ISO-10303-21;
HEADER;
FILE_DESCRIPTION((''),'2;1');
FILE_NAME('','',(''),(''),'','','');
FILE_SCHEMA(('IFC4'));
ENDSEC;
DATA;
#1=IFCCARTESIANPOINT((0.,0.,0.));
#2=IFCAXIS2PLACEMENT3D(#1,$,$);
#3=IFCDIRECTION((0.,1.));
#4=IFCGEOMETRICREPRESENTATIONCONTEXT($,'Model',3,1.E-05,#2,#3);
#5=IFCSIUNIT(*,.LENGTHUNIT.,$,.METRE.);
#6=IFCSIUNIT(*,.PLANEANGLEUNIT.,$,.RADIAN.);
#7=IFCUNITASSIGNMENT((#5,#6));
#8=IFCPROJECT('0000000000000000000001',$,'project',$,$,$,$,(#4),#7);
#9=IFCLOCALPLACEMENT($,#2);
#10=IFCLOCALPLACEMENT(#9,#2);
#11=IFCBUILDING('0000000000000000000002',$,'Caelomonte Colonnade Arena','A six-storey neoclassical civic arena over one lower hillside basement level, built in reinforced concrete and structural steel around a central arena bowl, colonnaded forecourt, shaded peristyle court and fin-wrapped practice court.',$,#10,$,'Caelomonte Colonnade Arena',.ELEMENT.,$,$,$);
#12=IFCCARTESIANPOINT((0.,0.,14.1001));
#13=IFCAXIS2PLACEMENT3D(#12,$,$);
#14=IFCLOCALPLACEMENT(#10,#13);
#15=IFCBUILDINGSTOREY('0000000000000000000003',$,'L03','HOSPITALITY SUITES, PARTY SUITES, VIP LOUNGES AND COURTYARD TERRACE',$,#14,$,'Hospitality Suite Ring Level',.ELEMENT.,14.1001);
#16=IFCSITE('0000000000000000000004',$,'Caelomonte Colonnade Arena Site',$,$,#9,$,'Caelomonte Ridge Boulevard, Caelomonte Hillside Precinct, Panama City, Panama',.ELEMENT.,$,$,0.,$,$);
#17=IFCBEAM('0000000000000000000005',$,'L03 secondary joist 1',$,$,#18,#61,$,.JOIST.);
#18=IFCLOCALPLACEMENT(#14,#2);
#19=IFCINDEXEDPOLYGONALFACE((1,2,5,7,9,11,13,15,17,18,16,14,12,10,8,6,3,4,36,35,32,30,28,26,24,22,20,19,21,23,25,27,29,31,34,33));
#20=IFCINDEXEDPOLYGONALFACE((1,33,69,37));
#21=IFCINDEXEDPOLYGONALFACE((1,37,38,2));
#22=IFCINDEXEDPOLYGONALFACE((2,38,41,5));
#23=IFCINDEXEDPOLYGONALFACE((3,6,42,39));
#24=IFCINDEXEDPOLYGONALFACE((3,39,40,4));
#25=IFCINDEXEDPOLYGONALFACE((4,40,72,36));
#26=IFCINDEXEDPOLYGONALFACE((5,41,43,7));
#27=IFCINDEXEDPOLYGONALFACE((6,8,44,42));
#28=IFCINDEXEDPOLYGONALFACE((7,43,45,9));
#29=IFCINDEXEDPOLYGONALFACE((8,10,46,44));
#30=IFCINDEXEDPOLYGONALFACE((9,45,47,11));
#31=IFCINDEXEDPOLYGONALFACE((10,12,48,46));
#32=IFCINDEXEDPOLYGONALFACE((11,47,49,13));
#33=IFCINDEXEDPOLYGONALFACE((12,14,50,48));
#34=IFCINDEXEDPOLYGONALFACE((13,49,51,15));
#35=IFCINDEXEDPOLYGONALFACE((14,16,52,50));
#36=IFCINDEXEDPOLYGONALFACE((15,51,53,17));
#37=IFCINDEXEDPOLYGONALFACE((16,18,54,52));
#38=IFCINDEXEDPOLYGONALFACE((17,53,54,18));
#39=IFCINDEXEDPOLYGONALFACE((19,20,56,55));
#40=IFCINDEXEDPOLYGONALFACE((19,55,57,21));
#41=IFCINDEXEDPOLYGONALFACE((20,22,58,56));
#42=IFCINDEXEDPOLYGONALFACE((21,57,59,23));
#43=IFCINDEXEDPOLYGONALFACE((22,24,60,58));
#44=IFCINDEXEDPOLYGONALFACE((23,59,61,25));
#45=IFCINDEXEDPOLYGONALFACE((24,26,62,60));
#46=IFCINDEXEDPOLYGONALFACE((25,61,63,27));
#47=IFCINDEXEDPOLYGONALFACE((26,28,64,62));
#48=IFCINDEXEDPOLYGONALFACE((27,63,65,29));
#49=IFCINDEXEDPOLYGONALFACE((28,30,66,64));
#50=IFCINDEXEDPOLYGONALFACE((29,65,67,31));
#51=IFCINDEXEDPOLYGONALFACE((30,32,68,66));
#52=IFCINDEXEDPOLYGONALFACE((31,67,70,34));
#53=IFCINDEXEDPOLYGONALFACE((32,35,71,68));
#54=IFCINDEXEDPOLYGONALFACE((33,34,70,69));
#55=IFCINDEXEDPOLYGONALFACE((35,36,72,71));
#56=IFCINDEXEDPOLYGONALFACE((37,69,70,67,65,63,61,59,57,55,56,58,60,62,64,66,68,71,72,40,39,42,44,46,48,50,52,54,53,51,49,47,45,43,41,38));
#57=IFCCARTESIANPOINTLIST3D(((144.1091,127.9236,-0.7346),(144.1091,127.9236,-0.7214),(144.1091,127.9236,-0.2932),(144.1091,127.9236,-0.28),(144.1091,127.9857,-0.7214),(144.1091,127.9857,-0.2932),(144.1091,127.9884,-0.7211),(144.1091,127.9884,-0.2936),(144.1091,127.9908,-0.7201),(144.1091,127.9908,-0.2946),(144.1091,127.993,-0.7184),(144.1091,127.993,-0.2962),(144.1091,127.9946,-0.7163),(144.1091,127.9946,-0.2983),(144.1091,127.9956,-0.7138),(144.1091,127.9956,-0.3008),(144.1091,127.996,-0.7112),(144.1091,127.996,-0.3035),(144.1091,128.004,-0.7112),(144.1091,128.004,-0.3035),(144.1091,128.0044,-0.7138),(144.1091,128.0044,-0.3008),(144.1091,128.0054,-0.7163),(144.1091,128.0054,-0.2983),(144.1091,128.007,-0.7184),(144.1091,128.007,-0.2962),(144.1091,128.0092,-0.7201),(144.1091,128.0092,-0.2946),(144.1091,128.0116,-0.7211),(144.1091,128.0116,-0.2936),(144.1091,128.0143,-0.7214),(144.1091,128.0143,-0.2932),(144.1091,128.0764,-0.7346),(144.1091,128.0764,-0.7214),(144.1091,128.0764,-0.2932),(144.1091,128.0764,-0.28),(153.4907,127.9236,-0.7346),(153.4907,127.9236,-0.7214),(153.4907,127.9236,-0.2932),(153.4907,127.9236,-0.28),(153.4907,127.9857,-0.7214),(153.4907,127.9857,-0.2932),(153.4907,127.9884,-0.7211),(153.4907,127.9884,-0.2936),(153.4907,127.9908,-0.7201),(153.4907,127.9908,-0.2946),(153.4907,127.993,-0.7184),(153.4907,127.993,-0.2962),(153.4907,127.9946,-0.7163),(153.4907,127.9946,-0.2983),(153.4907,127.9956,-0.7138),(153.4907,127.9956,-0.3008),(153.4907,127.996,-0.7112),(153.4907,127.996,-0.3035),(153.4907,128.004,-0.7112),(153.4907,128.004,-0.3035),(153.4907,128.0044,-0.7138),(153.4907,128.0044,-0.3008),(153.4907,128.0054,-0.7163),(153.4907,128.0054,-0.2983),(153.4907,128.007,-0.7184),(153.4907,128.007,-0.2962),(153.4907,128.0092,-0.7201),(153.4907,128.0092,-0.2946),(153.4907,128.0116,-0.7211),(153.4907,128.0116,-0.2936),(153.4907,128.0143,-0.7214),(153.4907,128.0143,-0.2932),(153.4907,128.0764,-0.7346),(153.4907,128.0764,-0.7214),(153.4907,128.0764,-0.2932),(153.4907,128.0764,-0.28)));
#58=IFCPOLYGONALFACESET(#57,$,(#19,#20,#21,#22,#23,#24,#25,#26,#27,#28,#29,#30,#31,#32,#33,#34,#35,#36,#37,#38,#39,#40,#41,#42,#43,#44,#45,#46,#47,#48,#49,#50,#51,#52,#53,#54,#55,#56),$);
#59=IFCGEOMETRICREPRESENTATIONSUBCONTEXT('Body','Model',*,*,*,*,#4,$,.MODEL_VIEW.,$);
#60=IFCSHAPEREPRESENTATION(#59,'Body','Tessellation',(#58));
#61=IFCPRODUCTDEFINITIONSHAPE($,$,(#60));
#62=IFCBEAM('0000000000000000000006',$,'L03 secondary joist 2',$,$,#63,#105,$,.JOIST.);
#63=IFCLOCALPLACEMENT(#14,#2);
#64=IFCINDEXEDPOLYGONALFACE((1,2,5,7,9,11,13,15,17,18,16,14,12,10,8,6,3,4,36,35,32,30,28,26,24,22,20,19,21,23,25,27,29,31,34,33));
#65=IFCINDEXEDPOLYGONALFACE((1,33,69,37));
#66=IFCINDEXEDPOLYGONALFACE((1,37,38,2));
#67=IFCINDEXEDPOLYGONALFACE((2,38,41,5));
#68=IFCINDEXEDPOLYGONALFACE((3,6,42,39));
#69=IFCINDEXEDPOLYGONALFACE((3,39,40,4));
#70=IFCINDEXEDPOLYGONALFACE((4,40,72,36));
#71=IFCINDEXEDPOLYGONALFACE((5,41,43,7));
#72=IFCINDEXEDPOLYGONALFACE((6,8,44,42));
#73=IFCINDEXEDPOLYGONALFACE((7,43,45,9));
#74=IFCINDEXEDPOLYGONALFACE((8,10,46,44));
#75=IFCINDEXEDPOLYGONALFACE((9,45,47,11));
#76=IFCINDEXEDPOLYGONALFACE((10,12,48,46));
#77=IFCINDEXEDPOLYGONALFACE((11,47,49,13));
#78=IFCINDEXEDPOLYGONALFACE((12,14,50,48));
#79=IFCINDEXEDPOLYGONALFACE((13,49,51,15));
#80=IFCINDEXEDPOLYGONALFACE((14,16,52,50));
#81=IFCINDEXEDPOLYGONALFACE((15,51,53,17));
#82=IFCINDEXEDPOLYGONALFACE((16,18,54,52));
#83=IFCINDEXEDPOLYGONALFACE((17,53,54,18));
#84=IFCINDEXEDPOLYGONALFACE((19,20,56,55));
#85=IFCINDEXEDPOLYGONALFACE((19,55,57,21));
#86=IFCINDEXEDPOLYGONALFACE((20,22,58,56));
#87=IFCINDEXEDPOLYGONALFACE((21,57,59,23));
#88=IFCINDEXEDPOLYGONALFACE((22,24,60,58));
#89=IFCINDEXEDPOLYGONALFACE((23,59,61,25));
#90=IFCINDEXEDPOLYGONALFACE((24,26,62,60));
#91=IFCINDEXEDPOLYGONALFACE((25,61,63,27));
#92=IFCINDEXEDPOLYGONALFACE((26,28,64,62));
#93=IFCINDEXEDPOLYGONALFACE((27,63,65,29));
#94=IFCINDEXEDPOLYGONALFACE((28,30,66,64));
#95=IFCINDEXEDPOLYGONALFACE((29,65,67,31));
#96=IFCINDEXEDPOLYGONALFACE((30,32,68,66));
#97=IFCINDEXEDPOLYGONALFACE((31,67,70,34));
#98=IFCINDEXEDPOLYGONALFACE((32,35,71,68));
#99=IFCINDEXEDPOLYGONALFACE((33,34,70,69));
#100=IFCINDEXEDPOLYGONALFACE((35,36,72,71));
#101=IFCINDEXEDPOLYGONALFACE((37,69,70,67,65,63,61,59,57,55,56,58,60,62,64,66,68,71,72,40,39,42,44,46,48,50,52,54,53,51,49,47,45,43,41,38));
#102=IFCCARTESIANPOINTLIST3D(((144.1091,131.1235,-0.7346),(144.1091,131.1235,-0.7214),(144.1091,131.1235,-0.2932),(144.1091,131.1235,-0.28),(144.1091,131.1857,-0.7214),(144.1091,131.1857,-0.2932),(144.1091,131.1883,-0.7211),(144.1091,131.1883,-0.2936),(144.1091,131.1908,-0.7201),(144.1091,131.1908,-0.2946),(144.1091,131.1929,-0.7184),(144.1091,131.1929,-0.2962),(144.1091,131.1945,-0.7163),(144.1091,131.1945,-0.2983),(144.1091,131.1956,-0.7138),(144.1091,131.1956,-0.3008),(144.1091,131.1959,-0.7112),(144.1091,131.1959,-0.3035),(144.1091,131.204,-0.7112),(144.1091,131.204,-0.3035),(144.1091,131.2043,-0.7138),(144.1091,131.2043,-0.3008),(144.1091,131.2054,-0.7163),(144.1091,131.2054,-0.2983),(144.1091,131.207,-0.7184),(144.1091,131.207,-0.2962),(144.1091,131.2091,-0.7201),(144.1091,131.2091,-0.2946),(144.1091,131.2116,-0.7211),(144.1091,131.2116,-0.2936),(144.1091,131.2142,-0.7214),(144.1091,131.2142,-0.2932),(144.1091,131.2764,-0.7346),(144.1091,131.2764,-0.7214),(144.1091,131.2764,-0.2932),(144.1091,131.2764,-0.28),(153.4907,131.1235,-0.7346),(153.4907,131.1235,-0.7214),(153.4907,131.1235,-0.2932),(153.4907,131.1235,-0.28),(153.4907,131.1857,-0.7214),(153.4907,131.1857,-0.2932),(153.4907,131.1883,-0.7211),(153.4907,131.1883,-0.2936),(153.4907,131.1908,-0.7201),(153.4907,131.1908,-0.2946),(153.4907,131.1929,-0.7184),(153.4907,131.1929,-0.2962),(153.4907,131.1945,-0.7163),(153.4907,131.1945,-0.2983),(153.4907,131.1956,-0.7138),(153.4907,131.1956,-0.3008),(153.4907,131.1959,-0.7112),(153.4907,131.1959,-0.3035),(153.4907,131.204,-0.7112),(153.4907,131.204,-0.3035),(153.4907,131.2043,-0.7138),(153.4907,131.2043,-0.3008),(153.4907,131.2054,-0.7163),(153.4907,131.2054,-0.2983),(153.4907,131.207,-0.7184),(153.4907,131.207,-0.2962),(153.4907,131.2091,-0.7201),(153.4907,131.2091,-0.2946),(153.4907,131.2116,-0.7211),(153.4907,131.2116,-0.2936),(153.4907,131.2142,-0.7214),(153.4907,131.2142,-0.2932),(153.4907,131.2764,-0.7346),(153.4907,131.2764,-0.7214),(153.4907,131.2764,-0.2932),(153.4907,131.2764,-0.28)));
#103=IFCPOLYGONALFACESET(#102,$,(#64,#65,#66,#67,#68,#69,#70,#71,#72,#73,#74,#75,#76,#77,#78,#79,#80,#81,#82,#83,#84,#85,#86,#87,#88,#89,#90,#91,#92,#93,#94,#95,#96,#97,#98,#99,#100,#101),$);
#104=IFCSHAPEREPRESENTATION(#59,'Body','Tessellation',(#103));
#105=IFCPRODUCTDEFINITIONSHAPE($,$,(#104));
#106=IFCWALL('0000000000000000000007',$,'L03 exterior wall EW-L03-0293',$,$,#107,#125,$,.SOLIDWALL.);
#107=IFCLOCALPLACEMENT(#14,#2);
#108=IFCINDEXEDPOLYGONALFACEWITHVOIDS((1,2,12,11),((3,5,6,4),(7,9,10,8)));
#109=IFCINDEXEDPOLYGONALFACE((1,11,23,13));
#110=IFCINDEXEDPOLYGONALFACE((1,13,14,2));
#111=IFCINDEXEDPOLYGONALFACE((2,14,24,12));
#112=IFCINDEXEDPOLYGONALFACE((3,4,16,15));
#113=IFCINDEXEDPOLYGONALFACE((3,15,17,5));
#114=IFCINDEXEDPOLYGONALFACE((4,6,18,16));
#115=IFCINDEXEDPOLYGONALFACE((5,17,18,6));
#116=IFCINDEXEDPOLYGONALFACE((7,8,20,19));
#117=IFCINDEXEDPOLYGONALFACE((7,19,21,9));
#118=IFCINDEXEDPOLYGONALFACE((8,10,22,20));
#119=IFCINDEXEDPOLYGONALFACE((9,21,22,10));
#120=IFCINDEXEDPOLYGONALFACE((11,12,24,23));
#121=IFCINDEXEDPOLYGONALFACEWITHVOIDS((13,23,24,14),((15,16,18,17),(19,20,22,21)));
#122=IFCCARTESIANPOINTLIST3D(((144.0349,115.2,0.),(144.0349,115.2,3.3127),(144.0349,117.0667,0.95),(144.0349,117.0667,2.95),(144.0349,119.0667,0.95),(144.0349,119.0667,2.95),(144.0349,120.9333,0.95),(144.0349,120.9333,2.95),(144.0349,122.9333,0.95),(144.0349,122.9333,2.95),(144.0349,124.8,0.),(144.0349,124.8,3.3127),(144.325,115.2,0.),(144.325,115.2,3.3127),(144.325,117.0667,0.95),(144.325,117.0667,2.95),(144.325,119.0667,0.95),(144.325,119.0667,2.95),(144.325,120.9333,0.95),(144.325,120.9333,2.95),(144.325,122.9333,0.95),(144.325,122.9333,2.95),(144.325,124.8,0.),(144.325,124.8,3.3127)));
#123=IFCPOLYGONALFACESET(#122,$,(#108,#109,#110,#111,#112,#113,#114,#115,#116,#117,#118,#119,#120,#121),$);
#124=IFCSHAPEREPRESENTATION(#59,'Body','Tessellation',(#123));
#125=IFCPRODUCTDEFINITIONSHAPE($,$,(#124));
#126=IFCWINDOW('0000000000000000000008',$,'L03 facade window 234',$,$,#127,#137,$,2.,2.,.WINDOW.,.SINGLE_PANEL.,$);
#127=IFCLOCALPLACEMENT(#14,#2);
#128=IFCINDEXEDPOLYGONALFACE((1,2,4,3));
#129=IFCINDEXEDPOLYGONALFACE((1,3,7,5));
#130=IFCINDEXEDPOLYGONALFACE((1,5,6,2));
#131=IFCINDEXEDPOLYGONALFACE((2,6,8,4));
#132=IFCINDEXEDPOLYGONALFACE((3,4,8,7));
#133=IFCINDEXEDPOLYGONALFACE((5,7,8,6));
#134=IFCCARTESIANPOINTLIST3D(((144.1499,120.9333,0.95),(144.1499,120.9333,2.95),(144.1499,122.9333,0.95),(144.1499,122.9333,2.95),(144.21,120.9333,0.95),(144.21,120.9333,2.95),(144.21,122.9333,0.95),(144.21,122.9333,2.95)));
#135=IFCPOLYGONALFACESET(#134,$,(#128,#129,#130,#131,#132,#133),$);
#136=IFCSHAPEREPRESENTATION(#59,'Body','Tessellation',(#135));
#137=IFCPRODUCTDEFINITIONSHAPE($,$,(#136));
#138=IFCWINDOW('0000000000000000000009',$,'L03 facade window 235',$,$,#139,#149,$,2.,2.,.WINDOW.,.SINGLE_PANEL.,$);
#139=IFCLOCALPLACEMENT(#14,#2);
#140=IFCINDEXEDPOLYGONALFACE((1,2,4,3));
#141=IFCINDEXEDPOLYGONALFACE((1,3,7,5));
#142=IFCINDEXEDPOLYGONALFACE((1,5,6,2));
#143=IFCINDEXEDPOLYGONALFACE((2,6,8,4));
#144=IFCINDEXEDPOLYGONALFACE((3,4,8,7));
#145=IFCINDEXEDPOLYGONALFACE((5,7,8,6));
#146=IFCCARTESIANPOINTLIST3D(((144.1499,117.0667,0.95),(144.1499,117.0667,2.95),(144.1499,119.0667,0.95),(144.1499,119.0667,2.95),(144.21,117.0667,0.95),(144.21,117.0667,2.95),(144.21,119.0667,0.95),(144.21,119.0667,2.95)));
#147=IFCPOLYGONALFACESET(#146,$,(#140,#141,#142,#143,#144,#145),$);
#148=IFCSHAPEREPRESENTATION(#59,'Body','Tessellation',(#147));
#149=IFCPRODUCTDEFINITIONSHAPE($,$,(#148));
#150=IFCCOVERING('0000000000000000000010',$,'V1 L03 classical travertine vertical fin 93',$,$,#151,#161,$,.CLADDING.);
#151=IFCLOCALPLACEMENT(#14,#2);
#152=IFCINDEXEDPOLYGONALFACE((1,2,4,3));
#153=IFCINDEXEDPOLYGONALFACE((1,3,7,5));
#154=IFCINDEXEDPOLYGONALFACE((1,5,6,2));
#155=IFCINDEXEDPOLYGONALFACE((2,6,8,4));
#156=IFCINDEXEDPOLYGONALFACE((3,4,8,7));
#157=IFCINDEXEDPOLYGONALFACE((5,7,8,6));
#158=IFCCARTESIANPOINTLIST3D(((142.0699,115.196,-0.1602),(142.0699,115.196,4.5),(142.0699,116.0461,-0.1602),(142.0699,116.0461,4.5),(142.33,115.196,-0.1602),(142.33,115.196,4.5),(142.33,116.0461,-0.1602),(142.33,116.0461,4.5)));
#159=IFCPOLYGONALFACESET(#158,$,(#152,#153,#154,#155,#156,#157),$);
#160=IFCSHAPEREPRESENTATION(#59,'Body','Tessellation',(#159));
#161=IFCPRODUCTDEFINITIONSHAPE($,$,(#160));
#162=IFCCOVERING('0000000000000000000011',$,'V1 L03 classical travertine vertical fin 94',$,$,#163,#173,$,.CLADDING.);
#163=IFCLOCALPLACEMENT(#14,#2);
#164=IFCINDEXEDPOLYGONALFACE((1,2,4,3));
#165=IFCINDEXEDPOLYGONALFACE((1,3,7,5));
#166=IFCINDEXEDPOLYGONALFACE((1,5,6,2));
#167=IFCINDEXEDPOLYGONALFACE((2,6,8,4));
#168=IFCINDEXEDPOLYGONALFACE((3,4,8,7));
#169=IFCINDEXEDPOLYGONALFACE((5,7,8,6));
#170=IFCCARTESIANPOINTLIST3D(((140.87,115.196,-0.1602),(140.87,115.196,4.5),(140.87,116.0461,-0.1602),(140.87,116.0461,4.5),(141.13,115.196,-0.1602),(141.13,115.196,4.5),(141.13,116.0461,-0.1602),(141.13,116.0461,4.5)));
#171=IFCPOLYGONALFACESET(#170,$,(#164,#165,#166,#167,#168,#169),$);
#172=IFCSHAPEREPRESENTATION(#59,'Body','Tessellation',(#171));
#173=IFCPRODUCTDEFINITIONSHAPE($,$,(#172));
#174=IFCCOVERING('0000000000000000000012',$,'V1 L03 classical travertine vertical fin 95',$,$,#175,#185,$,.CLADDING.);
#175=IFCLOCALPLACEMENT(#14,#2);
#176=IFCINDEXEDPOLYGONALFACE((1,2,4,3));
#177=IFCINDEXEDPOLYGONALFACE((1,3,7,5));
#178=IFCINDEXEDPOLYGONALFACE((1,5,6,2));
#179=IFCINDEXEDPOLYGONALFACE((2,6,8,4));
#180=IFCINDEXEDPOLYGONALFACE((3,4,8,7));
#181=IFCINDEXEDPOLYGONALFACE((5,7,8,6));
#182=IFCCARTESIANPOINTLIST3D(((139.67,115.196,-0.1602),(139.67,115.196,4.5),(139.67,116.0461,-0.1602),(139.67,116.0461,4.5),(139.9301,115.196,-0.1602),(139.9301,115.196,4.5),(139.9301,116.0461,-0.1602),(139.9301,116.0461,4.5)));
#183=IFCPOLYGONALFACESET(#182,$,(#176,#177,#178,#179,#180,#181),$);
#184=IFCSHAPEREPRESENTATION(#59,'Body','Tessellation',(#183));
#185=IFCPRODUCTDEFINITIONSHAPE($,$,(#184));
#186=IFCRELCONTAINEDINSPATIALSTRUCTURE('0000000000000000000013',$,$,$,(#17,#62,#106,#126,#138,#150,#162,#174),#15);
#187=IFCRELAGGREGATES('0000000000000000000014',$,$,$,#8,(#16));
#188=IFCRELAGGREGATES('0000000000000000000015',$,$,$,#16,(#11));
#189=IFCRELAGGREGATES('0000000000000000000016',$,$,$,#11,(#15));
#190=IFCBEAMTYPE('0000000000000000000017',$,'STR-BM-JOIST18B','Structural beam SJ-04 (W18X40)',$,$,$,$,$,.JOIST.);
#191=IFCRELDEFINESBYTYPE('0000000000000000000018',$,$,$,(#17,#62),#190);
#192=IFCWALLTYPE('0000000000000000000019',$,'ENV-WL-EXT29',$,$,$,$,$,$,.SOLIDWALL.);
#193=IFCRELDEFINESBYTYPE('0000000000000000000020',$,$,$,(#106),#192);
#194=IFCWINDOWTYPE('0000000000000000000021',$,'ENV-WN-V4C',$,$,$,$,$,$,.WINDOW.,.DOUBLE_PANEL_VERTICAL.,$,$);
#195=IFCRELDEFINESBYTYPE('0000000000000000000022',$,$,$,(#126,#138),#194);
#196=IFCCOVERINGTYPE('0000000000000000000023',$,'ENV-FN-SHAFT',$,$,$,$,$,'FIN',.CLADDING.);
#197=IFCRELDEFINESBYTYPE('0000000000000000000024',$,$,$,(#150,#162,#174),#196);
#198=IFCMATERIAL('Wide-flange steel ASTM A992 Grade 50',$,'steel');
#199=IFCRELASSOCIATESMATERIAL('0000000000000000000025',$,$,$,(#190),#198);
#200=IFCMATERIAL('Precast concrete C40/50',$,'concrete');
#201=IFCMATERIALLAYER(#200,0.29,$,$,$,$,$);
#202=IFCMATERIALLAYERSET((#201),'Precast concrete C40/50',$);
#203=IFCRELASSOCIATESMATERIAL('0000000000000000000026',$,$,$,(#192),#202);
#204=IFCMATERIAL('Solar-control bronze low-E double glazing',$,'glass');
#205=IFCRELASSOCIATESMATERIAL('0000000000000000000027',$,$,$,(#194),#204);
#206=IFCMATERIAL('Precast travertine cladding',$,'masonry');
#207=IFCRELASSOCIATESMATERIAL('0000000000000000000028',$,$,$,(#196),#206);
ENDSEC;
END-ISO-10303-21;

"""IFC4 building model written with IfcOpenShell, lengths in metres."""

from ifc_helpers import new_model, si_unit, direction, frame, frame_2d, origin, origin_2d, place, context, subcontext, project, spatial, rectangle, i_section, extrude, material, layer, layer_set, material_profile, profile_set, type_object, element, fill, save


model = new_model("IFC4")

# Units and contexts
model_context = context("Model", 3, precision=1e-05, world=origin(), true_north=direction((0.0, 1.0)))
body_context = subcontext(model_context, "Body", "Model", "MODEL_VIEW")
ifc_project = project(units=[si_unit("LENGTHUNIT", "METRE"), si_unit("PLANEANGLEUNIT", "RADIAN")], contexts=[model_context])

# Site, building, storey
site_placement = place(None, origin())
site = spatial("IfcSite", under=ifc_project, at=site_placement, Name="Caelomonte Colonnade Arena Site", LongName="Caelomonte Ridge Boulevard, Caelomonte Hillside Precinct, Panama City, Panama", CompositionType="ELEMENT", RefElevation=0.0)
building_placement = place(site_placement, origin())
building = spatial("IfcBuilding", under=site, at=building_placement, Name="Caelomonte Colonnade Arena", Description="A six-storey neoclassical civic arena over one lower hillside basement level, built in reinforced concrete and structural steel around a central arena bowl, colonnaded forecourt, shaded peristyle court and fin-wrapped practice court.", LongName="Caelomonte Colonnade Arena", CompositionType="ELEMENT")
storey_placement = place(building_placement, frame((0.0, 0.0, 14.1001)))
storey = spatial("IfcBuildingStorey", under=building, at=storey_placement, Name="L03", Description="HOSPITALITY SUITES, PARTY SUITES, VIP LOUNGES AND COURTYARD TERRACE", LongName="Hospitality Suite Ring Level", CompositionType="ELEMENT", Elevation=14.1001)

# Beams
ifc_material_1 = material(Name="Wide-flange steel ASTM A992 Grade 50", Category="steel")
ifc_material_profile_1 = material_profile(ifc_material_1, i_section(OverallWidth=0.1528, OverallDepth=0.4546, WebThickness=0.0081, FlangeThickness=0.0132, FilletRadius=0.0103, at=origin_2d()), Name="W18X40")
ifc_profile_set_1 = profile_set([ifc_material_profile_1], Name="Wide-flange steel ASTM A992 Grade 50")
beam_type_1 = type_object("IfcBeamType", Name="STR-BM-JOIST18B", Description="Structural beam SJ-04 (W18X40)", PredefinedType="JOIST", material=ifc_profile_set_1)
for number, where, z_axis, x_axis, name in (
    (1, (144.1091, 128.0, -0.5073), (1.0, 0.0, 0.0), (0.0, 1.0, 0.0), "L03 secondary joist 1"),
    (2, (144.1091, 131.2, -0.5073), (1.0, 0.0, 0.0), (0.0, 1.0, 0.0), "L03 secondary joist 2"),
):
    element("IfcBeam", number, at=place(storey_placement, frame(where, z_axis=z_axis, x_axis=x_axis)), inside=storey, type_object=beam_type_1, Name=name, PredefinedType="JOIST", context=body_context, shape_type="SweptSolid", body=[
        extrude(i_section(OverallWidth=0.1528, OverallDepth=0.4546, WebThickness=0.0081, FlangeThickness=0.0132, FilletRadius=0.0103, at=origin_2d()), origin(), (0.0, 0.0, 1.0), 9.3816),
    ])

# Wall, openings, windows
ifc_material_2 = material(Name="Precast concrete C40/50", Category="concrete")
ifc_layer = layer(ifc_material_2, 0.29)
ifc_layer_set = layer_set([ifc_layer], Name="Precast concrete C40/50")
wall_type = type_object("IfcWallType", Name="ENV-WL-EXT29", PredefinedType="SOLIDWALL", material=ifc_layer_set)
wall_placement = place(storey_placement, frame((144.1799, 124.8, 0.0), z_axis=(0.0, 0.0, 1.0), x_axis=(0.0, -1.0, 0.0)))
wall = element("IfcWall", 3, at=wall_placement, inside=storey, type_object=wall_type, Name="L03 exterior wall EW-L03-0293", PredefinedType="SOLIDWALL", context=body_context, shape_type="SweptSolid", body=[
    extrude(rectangle(XDim=9.6001, YDim=0.29, at=frame_2d((4.8, 0.0))), origin(), (0.0, 0.0, 1.0), 3.3127),
])
opening_1_placement = place(wall_placement, frame((3.8667, 0.0, 0.95), z_axis=(0.0, 0.0, 1.0), x_axis=(-1.0, 0.0, 0.0)))
opening_1 = element("IfcOpeningElement", 4, at=opening_1_placement, cuts=wall, PredefinedType="OPENING", context=body_context, shape_type="SweptSolid", body=[
    extrude(rectangle(XDim=2.0, YDim=2.0, at=frame_2d((1.0, 1.0))), frame((0.0, 0.155, 0.0), z_axis=(0.0, -1.0, 0.0), x_axis=(1.0, 0.0, 0.0)), (0.0, 0.0, 1.0), 0.3101),
])
opening_2_placement = place(wall_placement, frame((7.7334, 0.0, 0.95), z_axis=(0.0, 0.0, 1.0), x_axis=(-1.0, 0.0, 0.0)))
opening_2 = element("IfcOpeningElement", 5, at=opening_2_placement, cuts=wall, PredefinedType="OPENING", context=body_context, shape_type="SweptSolid", body=[
    extrude(rectangle(XDim=2.0, YDim=2.0, at=frame_2d((1.0, 1.0))), frame((0.0, 0.155, 0.0), z_axis=(0.0, -1.0, 0.0), x_axis=(1.0, 0.0, 0.0)), (0.0, 0.0, 1.0), 0.3101),
])
ifc_material_3 = material(Name="Solar-control bronze low-E double glazing", Category="glass")
window_type = type_object("IfcWindowType", Name="ENV-WN-V4C", PartitioningType="DOUBLE_PANEL_VERTICAL", PredefinedType="WINDOW", material=ifc_material_3)
window_1_placement = place(opening_1_placement, origin())
window_1 = element("IfcWindow", 6, at=window_1_placement, inside=storey, type_object=window_type, Name="L03 facade window 234", OverallHeight=2.0, OverallWidth=2.0, PartitioningType="SINGLE_PANEL", PredefinedType="WINDOW", context=body_context, shape_type="SweptSolid", body=[
    extrude(rectangle(XDim=2.0, YDim=2.0, at=frame_2d((1.0, 1.0))), frame((0.0, 0.03, 0.0), z_axis=(0.0, -1.0, 0.0), x_axis=(1.0, 0.0, 0.0)), (0.0, 0.0, 1.0), 0.0601),
])
fill(opening_1, window_1)
window_2_placement = place(opening_2_placement, origin())
window_2 = element("IfcWindow", 7, at=window_2_placement, inside=storey, type_object=window_type, Name="L03 facade window 235", OverallHeight=2.0, OverallWidth=2.0, PartitioningType="SINGLE_PANEL", PredefinedType="WINDOW", context=body_context, shape_type="SweptSolid", body=[
    extrude(rectangle(XDim=2.0, YDim=2.0, at=frame_2d((1.0, 1.0))), frame((0.0, 0.03, 0.0), z_axis=(0.0, -1.0, 0.0), x_axis=(1.0, 0.0, 0.0)), (0.0, 0.0, 1.0), 0.0601),
])
fill(opening_2, window_2)

# Coverings
ifc_material_4 = material(Name="Precast travertine cladding", Category="masonry")
ifc_material_profile_2 = material_profile(ifc_material_4, rectangle(XDim=0.26, YDim=0.8501, at=origin_2d()), Name="FIN260X850")
ifc_profile_set_2 = profile_set([ifc_material_profile_2], Name="Precast travertine cladding")
covering_type = type_object("IfcCoveringType", Name="ENV-FN-SHAFT", ElementType="FIN", PredefinedType="CLADDING", material=ifc_profile_set_2)
for number, where, z_axis, x_axis, name in (
    (8, (142.2, 115.6211, -0.1602), (0.0, 0.0, 1.0), (1.0, 0.0, 0.0), "V1 L03 classical travertine vertical fin 93"),
    (9, (141.0, 115.6211, -0.1602), (0.0, 0.0, 1.0), (1.0, 0.0, 0.0), "V1 L03 classical travertine vertical fin 94"),
    (10, (139.8, 115.6211, -0.1602), (0.0, 0.0, 1.0), (1.0, 0.0, 0.0), "V1 L03 classical travertine vertical fin 95"),
):
    element("IfcCovering", number, at=place(storey_placement, frame(where, z_axis=z_axis, x_axis=x_axis)), inside=storey, type_object=covering_type, Name=name, PredefinedType="CLADDING", context=body_context, shape_type="SweptSolid", body=[
        extrude(rectangle(XDim=0.26, YDim=0.8501, at=origin_2d()), origin(), (0.0, 0.0, 1.0), 4.6602),
    ])

save(model, "model.ifc")
